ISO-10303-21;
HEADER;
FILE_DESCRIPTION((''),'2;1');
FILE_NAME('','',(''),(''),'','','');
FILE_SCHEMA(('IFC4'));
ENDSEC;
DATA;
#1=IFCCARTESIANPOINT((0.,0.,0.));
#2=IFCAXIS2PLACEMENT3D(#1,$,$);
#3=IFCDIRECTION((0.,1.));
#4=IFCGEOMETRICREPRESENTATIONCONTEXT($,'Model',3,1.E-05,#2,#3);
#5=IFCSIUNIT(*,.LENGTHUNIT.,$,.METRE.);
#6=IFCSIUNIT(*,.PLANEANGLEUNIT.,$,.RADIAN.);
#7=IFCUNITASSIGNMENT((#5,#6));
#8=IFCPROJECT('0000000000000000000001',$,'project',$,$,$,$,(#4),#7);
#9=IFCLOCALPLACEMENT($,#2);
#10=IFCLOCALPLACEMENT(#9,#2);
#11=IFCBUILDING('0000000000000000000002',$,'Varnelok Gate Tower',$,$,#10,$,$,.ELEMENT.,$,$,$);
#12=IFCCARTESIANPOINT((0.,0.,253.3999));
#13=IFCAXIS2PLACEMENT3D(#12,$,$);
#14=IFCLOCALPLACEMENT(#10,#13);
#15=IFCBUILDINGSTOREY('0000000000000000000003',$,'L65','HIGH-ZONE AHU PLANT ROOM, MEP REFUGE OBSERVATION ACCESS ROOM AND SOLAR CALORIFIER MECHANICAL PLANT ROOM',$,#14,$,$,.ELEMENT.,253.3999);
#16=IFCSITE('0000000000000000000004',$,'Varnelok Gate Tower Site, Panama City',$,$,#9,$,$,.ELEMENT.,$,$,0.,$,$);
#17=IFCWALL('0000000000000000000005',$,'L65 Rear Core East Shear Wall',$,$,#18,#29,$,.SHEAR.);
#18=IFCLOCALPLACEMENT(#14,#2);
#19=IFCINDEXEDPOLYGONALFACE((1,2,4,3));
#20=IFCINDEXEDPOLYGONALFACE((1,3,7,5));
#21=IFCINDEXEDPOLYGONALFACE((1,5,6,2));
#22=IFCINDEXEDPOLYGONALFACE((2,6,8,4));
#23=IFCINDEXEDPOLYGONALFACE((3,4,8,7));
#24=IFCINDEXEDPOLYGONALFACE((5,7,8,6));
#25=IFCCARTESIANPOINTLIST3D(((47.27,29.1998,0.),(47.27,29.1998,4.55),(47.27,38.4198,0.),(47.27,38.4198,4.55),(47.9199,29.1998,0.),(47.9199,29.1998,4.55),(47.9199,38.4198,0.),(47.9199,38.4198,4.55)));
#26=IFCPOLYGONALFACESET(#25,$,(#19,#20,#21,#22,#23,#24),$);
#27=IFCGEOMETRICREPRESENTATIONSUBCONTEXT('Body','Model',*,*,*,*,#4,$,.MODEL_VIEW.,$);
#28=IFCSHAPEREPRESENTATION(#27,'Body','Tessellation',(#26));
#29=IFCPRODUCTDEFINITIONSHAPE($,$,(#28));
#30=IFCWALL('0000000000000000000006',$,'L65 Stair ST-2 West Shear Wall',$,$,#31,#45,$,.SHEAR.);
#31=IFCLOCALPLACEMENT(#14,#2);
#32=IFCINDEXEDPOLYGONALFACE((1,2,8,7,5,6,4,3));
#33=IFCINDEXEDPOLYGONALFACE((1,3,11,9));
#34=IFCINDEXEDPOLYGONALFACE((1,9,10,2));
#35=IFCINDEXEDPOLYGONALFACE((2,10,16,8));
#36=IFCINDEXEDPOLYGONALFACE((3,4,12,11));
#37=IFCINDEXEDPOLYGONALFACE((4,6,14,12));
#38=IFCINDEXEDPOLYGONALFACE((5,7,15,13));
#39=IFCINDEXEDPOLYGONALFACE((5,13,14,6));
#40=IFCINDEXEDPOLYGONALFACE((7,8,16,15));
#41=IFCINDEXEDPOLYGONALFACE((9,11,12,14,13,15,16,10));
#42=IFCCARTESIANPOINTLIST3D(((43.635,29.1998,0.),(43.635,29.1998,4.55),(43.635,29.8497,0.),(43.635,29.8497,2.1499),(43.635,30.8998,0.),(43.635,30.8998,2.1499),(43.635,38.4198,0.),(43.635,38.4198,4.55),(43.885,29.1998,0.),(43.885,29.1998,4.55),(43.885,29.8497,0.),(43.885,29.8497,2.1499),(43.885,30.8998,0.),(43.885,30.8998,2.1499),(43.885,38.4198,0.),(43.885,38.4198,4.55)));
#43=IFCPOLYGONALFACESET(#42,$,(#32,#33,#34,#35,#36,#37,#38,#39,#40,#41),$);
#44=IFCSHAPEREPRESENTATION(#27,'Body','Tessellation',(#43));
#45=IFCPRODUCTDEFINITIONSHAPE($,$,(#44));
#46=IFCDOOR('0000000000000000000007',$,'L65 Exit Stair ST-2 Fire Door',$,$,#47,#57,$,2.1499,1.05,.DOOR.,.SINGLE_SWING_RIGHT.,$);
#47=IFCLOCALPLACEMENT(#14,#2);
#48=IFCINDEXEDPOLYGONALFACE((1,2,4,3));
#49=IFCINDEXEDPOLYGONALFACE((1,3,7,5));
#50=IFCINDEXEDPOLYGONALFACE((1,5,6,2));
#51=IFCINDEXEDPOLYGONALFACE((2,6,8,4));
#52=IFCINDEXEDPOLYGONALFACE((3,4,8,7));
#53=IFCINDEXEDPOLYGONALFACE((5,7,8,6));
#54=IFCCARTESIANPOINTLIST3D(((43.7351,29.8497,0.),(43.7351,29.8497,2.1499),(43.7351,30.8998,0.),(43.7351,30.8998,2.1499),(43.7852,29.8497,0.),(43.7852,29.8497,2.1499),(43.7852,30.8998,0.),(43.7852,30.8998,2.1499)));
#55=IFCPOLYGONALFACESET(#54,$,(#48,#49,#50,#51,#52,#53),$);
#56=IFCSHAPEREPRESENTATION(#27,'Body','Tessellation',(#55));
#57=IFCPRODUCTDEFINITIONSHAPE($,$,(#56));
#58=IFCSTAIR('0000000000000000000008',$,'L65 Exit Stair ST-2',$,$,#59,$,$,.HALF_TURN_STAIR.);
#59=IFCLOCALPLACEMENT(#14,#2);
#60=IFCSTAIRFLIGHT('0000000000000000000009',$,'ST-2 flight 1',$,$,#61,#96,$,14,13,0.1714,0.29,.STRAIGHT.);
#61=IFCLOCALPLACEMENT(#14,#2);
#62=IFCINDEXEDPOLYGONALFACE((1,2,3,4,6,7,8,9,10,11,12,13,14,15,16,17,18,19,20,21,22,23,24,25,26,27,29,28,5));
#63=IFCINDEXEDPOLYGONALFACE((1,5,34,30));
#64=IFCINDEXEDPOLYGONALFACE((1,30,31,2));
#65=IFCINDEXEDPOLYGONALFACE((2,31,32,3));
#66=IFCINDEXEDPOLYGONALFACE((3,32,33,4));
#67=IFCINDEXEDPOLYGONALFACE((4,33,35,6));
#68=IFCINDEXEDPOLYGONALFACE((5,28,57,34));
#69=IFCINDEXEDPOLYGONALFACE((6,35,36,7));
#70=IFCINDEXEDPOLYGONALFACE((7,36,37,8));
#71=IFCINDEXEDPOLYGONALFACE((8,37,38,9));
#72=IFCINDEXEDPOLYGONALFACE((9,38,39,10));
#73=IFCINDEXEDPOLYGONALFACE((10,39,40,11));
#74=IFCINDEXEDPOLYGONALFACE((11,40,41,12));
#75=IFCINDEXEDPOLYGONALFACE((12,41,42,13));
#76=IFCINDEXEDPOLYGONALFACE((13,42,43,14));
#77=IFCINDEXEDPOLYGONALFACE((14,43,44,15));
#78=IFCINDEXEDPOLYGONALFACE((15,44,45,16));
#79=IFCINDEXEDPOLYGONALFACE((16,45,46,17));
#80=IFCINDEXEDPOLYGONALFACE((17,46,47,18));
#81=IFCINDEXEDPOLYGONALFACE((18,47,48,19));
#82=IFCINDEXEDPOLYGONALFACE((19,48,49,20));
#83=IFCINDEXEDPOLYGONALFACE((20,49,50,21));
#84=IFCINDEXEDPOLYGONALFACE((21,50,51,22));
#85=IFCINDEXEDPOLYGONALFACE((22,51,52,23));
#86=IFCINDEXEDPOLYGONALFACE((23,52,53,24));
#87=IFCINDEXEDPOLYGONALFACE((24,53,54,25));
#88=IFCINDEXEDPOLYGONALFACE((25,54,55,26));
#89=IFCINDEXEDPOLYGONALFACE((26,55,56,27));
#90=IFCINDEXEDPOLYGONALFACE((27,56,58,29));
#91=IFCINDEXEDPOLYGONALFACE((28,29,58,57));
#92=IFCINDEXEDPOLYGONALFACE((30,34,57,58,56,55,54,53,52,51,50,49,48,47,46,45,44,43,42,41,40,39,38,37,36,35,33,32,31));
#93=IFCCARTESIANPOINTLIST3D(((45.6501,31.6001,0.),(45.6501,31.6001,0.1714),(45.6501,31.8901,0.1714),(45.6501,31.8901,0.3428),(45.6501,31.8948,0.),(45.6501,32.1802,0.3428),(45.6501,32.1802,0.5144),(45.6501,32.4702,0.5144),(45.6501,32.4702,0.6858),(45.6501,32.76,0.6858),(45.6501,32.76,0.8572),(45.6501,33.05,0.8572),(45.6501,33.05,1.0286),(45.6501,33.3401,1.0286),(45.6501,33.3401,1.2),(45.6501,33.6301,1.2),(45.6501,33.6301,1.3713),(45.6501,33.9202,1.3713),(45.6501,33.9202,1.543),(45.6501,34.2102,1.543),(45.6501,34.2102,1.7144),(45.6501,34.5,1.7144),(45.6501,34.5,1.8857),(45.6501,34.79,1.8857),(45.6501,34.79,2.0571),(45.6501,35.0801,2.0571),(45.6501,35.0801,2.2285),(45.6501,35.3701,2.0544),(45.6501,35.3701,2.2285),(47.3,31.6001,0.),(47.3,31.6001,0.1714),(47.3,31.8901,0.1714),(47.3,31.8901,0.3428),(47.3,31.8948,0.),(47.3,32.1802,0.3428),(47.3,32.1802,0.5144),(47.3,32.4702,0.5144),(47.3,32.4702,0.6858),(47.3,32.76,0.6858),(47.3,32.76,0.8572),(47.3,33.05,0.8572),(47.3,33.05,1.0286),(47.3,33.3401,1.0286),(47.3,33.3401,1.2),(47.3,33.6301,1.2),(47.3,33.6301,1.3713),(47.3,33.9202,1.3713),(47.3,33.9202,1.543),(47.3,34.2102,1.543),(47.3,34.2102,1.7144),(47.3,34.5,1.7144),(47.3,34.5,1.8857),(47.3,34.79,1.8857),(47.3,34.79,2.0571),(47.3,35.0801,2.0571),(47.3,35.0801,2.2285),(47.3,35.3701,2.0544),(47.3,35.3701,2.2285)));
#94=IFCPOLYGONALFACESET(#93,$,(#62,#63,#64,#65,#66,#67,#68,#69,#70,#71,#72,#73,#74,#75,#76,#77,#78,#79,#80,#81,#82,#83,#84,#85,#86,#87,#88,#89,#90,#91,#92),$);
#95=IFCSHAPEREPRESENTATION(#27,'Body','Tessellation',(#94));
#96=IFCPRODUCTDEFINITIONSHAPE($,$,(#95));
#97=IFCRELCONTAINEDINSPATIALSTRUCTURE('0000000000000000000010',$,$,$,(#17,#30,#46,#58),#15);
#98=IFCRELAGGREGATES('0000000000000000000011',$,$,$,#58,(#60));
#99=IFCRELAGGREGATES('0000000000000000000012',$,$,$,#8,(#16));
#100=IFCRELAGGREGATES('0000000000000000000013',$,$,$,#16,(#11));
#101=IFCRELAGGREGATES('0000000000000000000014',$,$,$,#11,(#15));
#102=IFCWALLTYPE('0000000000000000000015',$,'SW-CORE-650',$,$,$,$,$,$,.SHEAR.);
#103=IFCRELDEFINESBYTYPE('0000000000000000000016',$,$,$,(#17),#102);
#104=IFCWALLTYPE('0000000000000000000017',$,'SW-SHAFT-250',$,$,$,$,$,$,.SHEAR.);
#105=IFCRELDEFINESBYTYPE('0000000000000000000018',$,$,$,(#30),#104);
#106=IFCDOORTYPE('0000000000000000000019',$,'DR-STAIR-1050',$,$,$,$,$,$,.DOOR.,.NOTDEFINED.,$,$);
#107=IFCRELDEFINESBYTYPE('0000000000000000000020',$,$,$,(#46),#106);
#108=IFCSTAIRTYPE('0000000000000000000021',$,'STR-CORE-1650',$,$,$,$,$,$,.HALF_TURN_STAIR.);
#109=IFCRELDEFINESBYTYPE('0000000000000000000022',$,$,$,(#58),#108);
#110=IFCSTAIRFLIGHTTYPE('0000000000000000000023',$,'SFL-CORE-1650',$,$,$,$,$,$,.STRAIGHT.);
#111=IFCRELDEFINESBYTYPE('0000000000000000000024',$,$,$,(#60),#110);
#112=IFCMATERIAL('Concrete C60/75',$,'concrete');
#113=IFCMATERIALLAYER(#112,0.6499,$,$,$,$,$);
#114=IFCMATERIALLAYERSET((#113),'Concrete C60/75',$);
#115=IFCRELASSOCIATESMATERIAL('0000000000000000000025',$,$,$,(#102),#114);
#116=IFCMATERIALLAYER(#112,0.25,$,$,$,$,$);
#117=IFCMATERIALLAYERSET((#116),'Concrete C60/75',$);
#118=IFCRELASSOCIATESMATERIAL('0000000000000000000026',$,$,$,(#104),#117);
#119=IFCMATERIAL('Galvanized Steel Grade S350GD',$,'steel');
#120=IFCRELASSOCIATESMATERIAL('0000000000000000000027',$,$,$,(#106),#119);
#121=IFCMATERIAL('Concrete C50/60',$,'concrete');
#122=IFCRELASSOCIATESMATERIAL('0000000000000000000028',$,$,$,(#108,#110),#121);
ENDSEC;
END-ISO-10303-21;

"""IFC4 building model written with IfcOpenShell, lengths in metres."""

from ifc_helpers import new_model, si_unit, direction, frame, frame_2d, origin, place, context, subcontext, project, spatial, polyline, rectangle, outline, extrude, material, layer, layer_set, type_object, element, fill, aggregate, save


model = new_model("IFC4")

# Units and contexts
model_context = context("Model", 3, precision=1e-05, world=origin(), true_north=direction((0.0, 1.0)))
body_context = subcontext(model_context, "Body", "Model", "MODEL_VIEW")
ifc_project = project(units=[si_unit("LENGTHUNIT", "METRE"), si_unit("PLANEANGLEUNIT", "RADIAN")], contexts=[model_context])

# Site, building, storey
site_placement = place(None, origin())
site = spatial("IfcSite", under=ifc_project, at=site_placement, Name="Varnelok Gate Tower Site, Panama City", CompositionType="ELEMENT", RefElevation=0.0)
building_placement = place(site_placement, origin())
building = spatial("IfcBuilding", under=site, at=building_placement, Name="Varnelok Gate Tower", CompositionType="ELEMENT")
storey_placement = place(building_placement, frame((0.0, 0.0, 253.3999)))
storey = spatial("IfcBuildingStorey", under=building, at=storey_placement, Name="L65", Description="HIGH-ZONE AHU PLANT ROOM, MEP REFUGE OBSERVATION ACCESS ROOM AND SOLAR CALORIFIER MECHANICAL PLANT ROOM", CompositionType="ELEMENT", Elevation=253.3999)

# Shared definitions
ifc_material_1 = material(Name="Galvanized Steel Grade S350GD", Category="steel")

# Wall
ifc_material_2 = material(Name="Concrete C60/75", Category="concrete")
ifc_layer_1 = layer(ifc_material_2, 0.6499)
ifc_layer_set_1 = layer_set([ifc_layer_1], Name="Concrete C60/75")
wall_type_1 = type_object("IfcWallType", Name="SW-CORE-650", PredefinedType="SHEAR", material=ifc_layer_set_1)
wall_1_placement = place(storey_placement, frame((47.595, 29.2, 0.0), z_axis=(0.0, 0.0, 1.0), x_axis=(0.0, 1.0, 0.0)))
element("IfcWall", 1, at=wall_1_placement, inside=storey, type_object=wall_type_1, Name="L65 Rear Core East Shear Wall", PredefinedType="SHEAR", context=body_context, shape_type="SweptSolid", body=[
    extrude(rectangle(XDim=9.22, YDim=0.6499, at=frame_2d((4.6099, 0.0))), origin(), (0.0, 0.0, 1.0), 4.55),
])

# Wall, opening, door
ifc_layer_2 = layer(ifc_material_2, 0.25)
ifc_layer_set_2 = layer_set([ifc_layer_2], Name="Concrete C60/75")
wall_type_2 = type_object("IfcWallType", Name="SW-SHAFT-250", PredefinedType="SHEAR", material=ifc_layer_set_2)
wall_2_placement = place(storey_placement, frame((43.76, 29.2, 0.0), z_axis=(0.0, 0.0, 1.0), x_axis=(0.0, 1.0, 0.0)))
wall_2 = element("IfcWall", 2, at=wall_2_placement, inside=storey, type_object=wall_type_2, Name="L65 Stair ST-2 West Shear Wall", PredefinedType="SHEAR", context=body_context, shape_type="SweptSolid", body=[
    extrude(rectangle(XDim=9.22, YDim=0.25, at=frame_2d((4.6099, 0.0))), origin(), (0.0, 0.0, 1.0), 4.55),
])
opening_1_placement = place(wall_2_placement, frame((0.6499, 0.0, 0.0)))
opening_1 = element("IfcOpeningElement", 3, at=opening_1_placement, cuts=wall_2, PredefinedType="OPENING", context=body_context, shape_type="SweptSolid", body=[
    extrude(rectangle(XDim=1.05, YDim=2.1499, at=frame_2d((0.5249, 1.075))), frame((0.0, 0.135, 0.0), z_axis=(0.0, -1.0, 0.0), x_axis=(1.0, 0.0, 0.0)), (0.0, 0.0, 1.0), 0.27),
])
door_type_1 = type_object("IfcDoorType", Name="DR-STAIR-1050", OperationType="NOTDEFINED", PredefinedType="DOOR", material=ifc_material_1)
door_1_placement = place(opening_1_placement, origin())
door_1 = element("IfcDoor", 4, at=door_1_placement, inside=storey, type_object=door_type_1, Name="L65 Exit Stair ST-2 Fire Door", OperationType="SINGLE_SWING_RIGHT", OverallHeight=2.1499, OverallWidth=1.05, PredefinedType="DOOR", context=body_context, shape_type="SweptSolid", body=[
    extrude(rectangle(XDim=1.05, YDim=2.1499, at=frame_2d((0.5249, 1.075))), frame((0.0, 0.0249, 0.0), z_axis=(0.0, -1.0, 0.0), x_axis=(1.0, 0.0, 0.0)), (0.0, 0.0, 1.0), 0.05),
])
fill(opening_1, door_1)

# Stair, stair flight
ifc_material_3 = material(Name="Concrete C50/60", Category="concrete")
stair_type = type_object("IfcStairType", Name="STR-CORE-1650", PredefinedType="HALF_TURN_STAIR", material=ifc_material_3)
stair_placement = place(storey_placement, origin())
stair = element("IfcStair", 5, at=stair_placement, inside=storey, type_object=stair_type, Name="L65 Exit Stair ST-2", PredefinedType="HALF_TURN_STAIR")
stair_flight_type = type_object("IfcStairFlightType", Name="SFL-CORE-1650", PredefinedType="STRAIGHT", material=ifc_material_3)
stair_flight_placement = place(storey_placement, frame((46.4751, 31.6001, 0.0), z_axis=(0.0, 0.0, 1.0), x_axis=(0.0, 1.0, 0.0)))
stair_flight = element("IfcStairFlight", 6, at=stair_flight_placement, type_object=stair_flight_type, Name="ST-2 flight 1", NumberOfRisers=14, NumberOfTreads=13, PredefinedType="STRAIGHT", RiserHeight=0.1714, TreadLength=0.29, context=body_context, shape_type="SweptSolid", body=[
    extrude(outline(polyline([(0.0, 0.0), (0.0, 0.1714), (0.29, 0.1714), (0.29, 0.3428), (0.5801, 0.3428), (0.5801, 0.5144), (0.8701, 0.5144), (0.8701, 0.6858), (1.1599, 0.6858), (1.1599, 0.8572), (1.45, 0.8572), (1.45, 1.0286), (1.74, 1.0286), (1.74, 1.2), (2.03, 1.2), (2.03, 1.3713), (2.3201, 1.3713), (2.3201, 1.543), (2.6101, 1.543), (2.6101, 1.7144), (2.8999, 1.7144), (2.8999, 1.8857), (3.1899, 1.8857), (3.1899, 2.0571), (3.48, 2.0571), (3.48, 2.2285), (3.77, 2.2285), (3.77, 2.3999), (3.77, 2.0544), (0.2947, 0.0), (0.0, 0.0)])), frame((0.0, 0.825, 0.0), z_axis=(0.0, -1.0, 0.0), x_axis=(1.0, 0.0, 0.0)), (0.0, 0.0, 1.0), 1.6499),
])
aggregate(stair, [stair_flight])

save(model, "model.ifc")
